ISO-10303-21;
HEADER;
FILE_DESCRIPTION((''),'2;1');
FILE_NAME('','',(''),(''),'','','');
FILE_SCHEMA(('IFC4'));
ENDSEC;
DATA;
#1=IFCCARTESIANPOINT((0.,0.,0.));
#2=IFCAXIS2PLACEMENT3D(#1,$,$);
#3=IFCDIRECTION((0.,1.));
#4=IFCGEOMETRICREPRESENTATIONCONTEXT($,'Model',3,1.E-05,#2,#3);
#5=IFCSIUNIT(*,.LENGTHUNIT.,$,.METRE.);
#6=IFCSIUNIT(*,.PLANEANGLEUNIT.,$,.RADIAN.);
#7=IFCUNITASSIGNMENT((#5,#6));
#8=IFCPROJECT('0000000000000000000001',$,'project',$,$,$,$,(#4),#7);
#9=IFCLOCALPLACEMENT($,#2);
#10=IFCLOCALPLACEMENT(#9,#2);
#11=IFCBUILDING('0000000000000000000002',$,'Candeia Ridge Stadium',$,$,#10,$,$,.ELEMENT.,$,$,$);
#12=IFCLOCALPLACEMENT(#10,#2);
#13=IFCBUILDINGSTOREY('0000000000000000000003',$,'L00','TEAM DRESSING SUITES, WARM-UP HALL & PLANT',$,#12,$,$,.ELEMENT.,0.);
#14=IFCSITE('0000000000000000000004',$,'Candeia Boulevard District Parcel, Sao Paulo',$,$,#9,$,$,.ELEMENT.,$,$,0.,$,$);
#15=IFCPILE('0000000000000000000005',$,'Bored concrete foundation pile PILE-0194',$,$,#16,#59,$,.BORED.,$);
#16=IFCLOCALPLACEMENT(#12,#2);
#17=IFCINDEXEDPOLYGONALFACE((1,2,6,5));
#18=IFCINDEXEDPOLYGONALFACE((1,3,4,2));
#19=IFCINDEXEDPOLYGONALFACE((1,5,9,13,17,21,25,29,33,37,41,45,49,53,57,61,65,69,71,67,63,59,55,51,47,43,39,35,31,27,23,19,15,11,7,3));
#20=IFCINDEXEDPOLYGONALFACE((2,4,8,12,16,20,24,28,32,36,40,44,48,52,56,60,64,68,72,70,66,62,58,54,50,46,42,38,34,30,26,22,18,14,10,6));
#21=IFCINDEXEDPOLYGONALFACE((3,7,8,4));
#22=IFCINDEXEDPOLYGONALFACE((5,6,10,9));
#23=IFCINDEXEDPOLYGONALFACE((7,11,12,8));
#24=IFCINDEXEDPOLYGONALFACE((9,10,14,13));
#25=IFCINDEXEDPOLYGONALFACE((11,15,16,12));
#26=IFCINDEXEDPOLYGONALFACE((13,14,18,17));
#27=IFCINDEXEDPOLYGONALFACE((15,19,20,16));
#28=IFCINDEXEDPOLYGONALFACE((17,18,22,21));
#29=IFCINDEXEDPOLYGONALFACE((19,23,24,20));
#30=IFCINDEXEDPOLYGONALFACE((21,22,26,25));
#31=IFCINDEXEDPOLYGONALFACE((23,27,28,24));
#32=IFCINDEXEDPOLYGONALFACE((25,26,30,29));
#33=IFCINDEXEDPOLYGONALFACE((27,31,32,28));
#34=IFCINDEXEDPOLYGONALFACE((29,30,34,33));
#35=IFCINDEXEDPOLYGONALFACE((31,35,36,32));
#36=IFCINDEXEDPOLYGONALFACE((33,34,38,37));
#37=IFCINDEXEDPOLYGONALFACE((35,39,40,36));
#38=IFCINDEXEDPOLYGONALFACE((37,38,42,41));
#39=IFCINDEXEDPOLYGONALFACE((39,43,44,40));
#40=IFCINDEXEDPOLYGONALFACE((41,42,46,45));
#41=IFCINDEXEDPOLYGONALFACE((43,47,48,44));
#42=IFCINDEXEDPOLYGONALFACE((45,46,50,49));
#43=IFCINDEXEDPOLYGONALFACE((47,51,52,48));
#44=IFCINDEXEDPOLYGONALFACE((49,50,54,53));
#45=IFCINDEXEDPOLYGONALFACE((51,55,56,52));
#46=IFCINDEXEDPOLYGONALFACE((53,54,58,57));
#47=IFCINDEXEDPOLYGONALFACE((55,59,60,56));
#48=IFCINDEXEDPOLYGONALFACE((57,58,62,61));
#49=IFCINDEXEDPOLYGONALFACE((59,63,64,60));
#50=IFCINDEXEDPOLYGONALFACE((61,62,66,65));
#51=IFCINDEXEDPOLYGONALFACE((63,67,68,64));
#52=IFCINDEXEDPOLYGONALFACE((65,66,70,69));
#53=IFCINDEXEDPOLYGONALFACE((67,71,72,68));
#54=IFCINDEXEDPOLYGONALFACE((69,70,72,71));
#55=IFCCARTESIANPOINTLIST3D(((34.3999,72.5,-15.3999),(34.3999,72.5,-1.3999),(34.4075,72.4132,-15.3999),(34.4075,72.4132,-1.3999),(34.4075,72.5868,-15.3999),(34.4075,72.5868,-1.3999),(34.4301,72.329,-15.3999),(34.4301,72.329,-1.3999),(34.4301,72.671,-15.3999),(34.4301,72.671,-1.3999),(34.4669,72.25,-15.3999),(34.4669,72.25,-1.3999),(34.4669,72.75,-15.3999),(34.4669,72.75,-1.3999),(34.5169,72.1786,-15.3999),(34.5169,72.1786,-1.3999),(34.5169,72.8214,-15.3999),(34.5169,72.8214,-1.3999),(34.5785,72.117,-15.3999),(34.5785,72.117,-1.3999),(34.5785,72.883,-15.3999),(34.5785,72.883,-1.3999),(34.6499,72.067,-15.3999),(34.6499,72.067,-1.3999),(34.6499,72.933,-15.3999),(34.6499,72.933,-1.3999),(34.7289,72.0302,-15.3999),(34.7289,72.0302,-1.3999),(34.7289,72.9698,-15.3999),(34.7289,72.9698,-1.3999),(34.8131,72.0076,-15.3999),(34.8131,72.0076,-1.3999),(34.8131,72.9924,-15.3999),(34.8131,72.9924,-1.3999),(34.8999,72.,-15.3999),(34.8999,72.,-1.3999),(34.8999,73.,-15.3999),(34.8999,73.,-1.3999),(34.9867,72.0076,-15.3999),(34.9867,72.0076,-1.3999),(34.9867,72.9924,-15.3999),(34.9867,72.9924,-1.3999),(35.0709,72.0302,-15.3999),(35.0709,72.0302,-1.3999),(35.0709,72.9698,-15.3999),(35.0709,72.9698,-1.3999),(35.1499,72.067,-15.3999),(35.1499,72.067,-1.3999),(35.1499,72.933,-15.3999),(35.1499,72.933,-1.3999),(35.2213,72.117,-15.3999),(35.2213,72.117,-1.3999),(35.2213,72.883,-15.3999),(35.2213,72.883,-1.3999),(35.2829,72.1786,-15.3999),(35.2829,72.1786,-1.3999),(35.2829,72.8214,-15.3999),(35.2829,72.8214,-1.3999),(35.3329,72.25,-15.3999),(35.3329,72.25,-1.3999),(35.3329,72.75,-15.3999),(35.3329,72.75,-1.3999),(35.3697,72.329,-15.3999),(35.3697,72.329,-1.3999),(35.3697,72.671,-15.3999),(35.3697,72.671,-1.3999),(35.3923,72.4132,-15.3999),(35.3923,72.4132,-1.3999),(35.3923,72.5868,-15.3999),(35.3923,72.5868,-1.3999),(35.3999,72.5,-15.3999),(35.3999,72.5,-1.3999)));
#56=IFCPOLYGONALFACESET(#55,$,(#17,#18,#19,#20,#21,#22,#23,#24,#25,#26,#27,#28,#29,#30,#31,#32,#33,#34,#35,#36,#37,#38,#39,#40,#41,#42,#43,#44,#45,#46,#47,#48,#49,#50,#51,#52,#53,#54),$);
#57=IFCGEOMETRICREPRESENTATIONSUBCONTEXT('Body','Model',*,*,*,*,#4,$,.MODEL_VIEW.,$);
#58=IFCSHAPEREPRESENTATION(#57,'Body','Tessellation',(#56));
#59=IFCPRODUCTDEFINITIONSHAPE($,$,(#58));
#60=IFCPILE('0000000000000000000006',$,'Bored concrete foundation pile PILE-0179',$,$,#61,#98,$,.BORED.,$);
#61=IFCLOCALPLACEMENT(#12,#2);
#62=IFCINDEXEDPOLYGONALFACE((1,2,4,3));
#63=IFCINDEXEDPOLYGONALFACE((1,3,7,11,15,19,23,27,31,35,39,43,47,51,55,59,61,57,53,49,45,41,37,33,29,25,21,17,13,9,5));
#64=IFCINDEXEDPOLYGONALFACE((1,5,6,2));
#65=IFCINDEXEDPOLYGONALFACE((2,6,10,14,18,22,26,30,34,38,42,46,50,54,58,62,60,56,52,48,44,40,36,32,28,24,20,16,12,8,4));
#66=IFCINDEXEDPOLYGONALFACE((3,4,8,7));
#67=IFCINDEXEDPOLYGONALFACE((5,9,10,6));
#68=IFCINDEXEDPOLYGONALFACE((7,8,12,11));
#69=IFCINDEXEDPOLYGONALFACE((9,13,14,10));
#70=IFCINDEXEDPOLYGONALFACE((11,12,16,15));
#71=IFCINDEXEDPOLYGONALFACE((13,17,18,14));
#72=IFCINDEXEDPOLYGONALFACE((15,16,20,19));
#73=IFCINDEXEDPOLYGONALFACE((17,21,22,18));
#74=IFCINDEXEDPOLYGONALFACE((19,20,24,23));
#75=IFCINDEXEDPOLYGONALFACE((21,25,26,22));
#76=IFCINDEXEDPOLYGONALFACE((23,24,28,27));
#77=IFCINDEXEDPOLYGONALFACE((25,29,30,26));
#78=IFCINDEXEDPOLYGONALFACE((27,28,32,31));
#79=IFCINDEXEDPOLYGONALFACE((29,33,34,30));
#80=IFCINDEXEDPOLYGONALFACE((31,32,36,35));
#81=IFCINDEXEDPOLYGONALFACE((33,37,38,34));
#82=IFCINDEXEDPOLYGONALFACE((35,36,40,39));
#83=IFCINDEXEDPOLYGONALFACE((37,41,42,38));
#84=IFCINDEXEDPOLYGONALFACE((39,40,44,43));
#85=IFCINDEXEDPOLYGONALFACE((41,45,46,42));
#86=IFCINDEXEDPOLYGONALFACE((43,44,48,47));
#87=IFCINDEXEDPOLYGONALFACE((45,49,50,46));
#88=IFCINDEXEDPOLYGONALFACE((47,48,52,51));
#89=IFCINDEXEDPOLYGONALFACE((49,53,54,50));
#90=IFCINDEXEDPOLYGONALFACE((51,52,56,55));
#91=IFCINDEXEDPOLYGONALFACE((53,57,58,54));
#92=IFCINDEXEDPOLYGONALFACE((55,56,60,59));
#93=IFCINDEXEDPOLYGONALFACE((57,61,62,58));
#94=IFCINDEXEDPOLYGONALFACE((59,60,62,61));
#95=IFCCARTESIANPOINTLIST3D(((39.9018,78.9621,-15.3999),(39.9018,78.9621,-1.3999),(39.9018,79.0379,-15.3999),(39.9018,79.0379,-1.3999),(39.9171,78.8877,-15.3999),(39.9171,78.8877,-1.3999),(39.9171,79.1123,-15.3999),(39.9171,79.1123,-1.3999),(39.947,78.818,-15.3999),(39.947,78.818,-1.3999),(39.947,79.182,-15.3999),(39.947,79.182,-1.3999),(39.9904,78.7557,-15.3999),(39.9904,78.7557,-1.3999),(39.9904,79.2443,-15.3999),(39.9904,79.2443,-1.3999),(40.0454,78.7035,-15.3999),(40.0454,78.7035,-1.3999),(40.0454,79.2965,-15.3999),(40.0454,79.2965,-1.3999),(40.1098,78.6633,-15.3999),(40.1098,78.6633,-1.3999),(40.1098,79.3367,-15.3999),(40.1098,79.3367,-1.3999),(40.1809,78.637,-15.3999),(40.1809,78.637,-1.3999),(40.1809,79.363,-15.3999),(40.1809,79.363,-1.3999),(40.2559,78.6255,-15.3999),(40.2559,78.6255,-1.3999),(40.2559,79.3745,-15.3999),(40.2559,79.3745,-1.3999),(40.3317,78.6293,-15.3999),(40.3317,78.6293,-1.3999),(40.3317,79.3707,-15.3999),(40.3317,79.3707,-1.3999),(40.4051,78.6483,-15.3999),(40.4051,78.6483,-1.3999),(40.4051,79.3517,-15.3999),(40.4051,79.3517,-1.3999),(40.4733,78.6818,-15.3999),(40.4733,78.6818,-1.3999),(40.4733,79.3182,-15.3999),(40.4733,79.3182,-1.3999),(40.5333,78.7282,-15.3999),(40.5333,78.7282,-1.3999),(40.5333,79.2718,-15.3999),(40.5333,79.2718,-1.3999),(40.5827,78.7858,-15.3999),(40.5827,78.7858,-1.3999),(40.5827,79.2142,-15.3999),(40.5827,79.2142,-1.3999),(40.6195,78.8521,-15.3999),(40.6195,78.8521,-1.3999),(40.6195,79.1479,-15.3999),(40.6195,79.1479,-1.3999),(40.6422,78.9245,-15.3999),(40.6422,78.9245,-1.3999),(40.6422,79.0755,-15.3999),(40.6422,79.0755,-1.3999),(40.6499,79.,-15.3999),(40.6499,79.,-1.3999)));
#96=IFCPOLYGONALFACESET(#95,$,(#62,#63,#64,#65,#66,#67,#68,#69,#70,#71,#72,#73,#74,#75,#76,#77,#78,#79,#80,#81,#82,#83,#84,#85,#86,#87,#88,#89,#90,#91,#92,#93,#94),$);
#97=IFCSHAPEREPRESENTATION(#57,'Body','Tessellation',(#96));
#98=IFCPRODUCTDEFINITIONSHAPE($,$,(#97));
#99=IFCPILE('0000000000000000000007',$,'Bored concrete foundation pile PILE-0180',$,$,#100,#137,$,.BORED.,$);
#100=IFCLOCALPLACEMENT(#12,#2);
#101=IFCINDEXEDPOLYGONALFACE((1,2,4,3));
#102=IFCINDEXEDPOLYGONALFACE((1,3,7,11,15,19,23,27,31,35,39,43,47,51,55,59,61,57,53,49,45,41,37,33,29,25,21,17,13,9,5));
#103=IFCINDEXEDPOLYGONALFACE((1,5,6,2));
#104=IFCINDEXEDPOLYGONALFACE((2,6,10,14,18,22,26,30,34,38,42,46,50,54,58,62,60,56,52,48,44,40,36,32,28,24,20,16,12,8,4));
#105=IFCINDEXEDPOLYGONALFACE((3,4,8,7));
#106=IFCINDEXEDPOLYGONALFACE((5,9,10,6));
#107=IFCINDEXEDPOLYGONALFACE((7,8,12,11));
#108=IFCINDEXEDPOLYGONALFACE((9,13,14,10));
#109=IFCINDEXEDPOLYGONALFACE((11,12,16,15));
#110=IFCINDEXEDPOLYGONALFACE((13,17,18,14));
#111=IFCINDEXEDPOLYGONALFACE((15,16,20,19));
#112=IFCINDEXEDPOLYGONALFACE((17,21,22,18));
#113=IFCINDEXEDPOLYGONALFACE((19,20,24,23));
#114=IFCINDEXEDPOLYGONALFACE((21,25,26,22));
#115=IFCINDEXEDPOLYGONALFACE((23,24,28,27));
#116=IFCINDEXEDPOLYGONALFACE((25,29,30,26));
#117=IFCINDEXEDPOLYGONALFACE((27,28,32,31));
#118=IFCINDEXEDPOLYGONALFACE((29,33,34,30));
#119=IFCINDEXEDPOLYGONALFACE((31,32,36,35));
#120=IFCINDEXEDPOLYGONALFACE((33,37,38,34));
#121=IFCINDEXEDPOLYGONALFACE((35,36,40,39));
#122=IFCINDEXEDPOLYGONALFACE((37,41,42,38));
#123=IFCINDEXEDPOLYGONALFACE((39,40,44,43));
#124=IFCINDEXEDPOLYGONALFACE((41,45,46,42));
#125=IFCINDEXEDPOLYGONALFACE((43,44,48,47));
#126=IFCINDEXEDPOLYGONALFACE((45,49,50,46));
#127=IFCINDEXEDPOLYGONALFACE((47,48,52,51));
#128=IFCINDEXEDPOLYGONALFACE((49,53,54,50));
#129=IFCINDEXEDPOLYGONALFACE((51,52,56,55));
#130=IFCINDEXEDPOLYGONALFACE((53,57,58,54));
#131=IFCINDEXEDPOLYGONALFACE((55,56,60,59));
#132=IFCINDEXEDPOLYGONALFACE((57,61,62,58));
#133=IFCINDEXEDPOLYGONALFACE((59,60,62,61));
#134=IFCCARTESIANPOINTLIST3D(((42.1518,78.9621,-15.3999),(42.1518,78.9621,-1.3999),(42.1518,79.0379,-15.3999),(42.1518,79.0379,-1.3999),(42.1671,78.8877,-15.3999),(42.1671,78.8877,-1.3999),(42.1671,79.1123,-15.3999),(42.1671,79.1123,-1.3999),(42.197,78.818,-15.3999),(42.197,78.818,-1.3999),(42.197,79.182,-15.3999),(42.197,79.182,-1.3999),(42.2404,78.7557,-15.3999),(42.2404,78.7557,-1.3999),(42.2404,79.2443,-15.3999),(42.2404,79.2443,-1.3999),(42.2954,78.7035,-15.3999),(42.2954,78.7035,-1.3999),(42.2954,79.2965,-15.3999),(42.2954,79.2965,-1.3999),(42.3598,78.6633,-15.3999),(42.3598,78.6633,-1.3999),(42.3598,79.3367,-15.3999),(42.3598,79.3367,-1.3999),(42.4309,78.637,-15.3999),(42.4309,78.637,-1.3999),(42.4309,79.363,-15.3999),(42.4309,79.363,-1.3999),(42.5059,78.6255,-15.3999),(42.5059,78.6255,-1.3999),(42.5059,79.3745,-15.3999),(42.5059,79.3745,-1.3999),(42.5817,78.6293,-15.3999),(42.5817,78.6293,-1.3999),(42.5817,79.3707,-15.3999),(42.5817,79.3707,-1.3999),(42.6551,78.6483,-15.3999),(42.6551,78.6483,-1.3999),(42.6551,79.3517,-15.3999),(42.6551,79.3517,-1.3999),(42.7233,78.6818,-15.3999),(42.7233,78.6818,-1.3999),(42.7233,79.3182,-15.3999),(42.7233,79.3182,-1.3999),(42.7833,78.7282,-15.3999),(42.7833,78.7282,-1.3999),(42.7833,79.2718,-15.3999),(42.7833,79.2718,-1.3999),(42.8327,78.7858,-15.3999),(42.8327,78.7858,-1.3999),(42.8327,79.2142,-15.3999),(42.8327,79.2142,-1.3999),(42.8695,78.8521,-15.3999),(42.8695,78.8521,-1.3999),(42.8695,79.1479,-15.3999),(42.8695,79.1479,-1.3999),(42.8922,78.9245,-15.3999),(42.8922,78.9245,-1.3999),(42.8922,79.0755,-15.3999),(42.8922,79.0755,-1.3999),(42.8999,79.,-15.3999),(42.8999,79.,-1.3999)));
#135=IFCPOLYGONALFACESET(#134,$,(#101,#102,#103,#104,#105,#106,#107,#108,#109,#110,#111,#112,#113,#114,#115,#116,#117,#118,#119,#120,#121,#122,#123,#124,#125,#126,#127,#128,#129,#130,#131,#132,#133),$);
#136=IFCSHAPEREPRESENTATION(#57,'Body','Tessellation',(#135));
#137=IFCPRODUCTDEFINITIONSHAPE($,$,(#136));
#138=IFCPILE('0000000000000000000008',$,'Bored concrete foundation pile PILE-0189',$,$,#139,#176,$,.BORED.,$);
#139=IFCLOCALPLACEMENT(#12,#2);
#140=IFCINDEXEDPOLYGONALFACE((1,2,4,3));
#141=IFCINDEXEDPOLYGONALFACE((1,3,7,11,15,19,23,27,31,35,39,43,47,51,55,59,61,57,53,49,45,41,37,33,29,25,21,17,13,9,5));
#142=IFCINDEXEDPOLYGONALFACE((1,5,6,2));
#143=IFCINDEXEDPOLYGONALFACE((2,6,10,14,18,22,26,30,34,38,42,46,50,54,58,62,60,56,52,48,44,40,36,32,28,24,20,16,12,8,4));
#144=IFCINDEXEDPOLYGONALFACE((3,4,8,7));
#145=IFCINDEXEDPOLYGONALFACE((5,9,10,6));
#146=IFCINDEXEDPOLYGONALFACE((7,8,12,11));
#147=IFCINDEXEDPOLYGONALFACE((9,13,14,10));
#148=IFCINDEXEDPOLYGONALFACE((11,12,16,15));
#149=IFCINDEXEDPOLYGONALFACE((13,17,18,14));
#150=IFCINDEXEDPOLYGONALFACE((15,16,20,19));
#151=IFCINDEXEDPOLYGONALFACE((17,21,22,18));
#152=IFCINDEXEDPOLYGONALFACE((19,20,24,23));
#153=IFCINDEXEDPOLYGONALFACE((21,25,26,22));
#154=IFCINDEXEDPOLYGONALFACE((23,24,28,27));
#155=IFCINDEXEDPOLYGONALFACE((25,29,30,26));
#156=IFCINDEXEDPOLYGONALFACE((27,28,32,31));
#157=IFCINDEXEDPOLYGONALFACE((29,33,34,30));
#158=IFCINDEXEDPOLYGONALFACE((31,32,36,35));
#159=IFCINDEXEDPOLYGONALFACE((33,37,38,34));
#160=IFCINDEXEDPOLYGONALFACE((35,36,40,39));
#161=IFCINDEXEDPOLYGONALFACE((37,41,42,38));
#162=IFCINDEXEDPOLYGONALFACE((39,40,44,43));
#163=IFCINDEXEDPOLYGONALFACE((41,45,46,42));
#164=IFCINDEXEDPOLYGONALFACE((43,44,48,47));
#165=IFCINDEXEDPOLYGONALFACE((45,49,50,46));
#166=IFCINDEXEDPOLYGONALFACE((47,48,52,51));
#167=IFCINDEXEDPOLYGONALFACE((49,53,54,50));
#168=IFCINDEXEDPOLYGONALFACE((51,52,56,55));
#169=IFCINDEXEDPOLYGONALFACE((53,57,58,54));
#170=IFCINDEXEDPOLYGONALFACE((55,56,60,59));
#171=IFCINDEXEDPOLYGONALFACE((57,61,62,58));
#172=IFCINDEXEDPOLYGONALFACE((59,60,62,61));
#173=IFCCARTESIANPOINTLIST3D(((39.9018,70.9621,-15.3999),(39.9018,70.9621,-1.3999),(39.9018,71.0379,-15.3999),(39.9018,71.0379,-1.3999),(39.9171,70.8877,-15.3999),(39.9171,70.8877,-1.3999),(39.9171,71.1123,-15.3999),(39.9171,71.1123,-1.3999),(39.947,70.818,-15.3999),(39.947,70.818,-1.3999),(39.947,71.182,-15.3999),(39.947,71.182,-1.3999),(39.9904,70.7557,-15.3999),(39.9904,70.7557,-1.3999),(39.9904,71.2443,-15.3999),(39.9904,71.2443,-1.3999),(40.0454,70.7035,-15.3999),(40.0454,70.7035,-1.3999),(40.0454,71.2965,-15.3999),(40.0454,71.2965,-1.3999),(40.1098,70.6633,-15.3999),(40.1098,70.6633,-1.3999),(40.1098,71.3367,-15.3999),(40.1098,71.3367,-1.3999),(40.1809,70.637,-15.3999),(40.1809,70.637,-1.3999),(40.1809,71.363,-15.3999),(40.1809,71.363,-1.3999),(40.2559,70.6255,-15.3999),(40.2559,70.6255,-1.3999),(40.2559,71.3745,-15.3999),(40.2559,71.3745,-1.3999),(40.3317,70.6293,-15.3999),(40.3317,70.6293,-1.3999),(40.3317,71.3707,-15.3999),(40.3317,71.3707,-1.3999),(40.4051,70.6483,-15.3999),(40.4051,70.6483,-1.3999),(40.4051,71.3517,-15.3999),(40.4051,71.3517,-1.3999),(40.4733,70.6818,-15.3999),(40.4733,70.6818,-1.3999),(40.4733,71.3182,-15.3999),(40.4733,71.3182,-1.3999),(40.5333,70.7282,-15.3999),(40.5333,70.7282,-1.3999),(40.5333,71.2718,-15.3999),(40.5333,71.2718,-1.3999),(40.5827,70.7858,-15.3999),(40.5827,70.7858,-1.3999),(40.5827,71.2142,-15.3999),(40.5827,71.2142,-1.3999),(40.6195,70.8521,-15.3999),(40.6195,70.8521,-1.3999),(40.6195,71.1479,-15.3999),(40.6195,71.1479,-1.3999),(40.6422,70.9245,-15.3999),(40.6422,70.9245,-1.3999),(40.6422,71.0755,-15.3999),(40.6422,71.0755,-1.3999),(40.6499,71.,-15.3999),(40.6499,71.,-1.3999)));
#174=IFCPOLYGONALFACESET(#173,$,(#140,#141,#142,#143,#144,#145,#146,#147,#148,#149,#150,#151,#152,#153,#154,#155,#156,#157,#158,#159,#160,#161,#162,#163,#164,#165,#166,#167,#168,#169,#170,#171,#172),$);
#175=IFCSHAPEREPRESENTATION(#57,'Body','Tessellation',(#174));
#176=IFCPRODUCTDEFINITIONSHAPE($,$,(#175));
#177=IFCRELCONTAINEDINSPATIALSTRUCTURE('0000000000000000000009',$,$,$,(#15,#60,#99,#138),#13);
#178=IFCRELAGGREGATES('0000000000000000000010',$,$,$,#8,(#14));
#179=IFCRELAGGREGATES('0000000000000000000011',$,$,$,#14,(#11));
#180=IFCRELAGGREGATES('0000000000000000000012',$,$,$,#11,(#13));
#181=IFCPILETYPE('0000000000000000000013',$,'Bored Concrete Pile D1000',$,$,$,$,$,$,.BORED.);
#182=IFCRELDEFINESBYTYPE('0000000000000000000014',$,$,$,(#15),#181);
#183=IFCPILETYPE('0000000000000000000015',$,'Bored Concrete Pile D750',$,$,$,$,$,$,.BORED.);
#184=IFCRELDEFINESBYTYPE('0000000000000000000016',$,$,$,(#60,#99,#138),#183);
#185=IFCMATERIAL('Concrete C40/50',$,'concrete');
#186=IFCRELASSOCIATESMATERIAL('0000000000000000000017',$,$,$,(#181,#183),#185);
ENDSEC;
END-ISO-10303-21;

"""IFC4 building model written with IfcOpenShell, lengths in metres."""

from ifc_helpers import new_model, si_unit, direction, frame, origin, origin_2d, place, context, subcontext, project, spatial, circle, extrude, material, material_profile, profile_set, type_object, element, save


model = new_model("IFC4")

# Units and contexts
model_context = context("Model", 3, precision=1e-05, world=origin(), true_north=direction((0.0, 1.0)))
body_context = subcontext(model_context, "Body", "Model", "MODEL_VIEW")
ifc_project = project(units=[si_unit("LENGTHUNIT", "METRE"), si_unit("PLANEANGLEUNIT", "RADIAN")], contexts=[model_context])

# Site, building, storey
site_placement = place(None, origin())
site = spatial("IfcSite", under=ifc_project, at=site_placement, Name="Candeia Boulevard District Parcel, Sao Paulo", CompositionType="ELEMENT", RefElevation=0.0)
building_placement = place(site_placement, origin())
building = spatial("IfcBuilding", under=site, at=building_placement, Name="Candeia Ridge Stadium", CompositionType="ELEMENT")
storey_placement = place(building_placement, origin())
storey = spatial("IfcBuildingStorey", under=building, at=storey_placement, Name="L00", Description="TEAM DRESSING SUITES, WARM-UP HALL & PLANT", CompositionType="ELEMENT", Elevation=0.0)

# Piles
ifc_material_1 = material(Name="Concrete C40/50", Category="concrete")
ifc_material_profile_1 = material_profile(ifc_material_1, circle(Radius=0.5, at=origin_2d()), Name="PILE-D1000", Category="concrete")
ifc_profile_set_1 = profile_set([ifc_material_profile_1], Name="Concrete C40/50")
pile_type_1 = type_object("IfcPileType", Name="Bored Concrete Pile D1000", PredefinedType="BORED", material=ifc_profile_set_1)
pile_placement = place(storey_placement, frame((34.8999, 72.5, -1.3999), z_axis=(0.0, 0.0, -1.0), x_axis=(1.0, 0.0, 0.0)))
element("IfcPile", 1, at=pile_placement, inside=storey, type_object=pile_type_1, Name="Bored concrete foundation pile PILE-0194", PredefinedType="BORED", context=body_context, shape_type="SweptSolid", body=[
    extrude(circle(Radius=0.5, at=origin_2d()), origin(), (0.0, 0.0, 1.0), 14.0),
])
ifc_material_profile_2 = material_profile(ifc_material_1, circle(Radius=0.375, at=origin_2d()), Name="PILE-D750", Category="concrete")
ifc_profile_set_2 = profile_set([ifc_material_profile_2], Name="Concrete C40/50")
pile_type_2 = type_object("IfcPileType", Name="Bored Concrete Pile D750", PredefinedType="BORED", material=ifc_profile_set_2)
for number, where, z_axis, x_axis, name in (
    (2, (40.2749, 79.0, -1.3999), (0.0, 0.0, -1.0), (1.0, 0.0, 0.0), "Bored concrete foundation pile PILE-0179"),
    (3, (42.5249, 79.0, -1.3999), (0.0, 0.0, -1.0), (1.0, 0.0, 0.0), "Bored concrete foundation pile PILE-0180"),
    (4, (40.2749, 71.0, -1.3999), (0.0, 0.0, -1.0), (1.0, 0.0, 0.0), "Bored concrete foundation pile PILE-0189"),
):
    element("IfcPile", number, at=place(storey_placement, frame(where, z_axis=z_axis, x_axis=x_axis)), inside=storey, type_object=pile_type_2, Name=name, PredefinedType="BORED", context=body_context, shape_type="SweptSolid", body=[
        extrude(circle(Radius=0.375, at=origin_2d()), origin(), (0.0, 0.0, 1.0), 14.0),
    ])

save(model, "model.ifc")
